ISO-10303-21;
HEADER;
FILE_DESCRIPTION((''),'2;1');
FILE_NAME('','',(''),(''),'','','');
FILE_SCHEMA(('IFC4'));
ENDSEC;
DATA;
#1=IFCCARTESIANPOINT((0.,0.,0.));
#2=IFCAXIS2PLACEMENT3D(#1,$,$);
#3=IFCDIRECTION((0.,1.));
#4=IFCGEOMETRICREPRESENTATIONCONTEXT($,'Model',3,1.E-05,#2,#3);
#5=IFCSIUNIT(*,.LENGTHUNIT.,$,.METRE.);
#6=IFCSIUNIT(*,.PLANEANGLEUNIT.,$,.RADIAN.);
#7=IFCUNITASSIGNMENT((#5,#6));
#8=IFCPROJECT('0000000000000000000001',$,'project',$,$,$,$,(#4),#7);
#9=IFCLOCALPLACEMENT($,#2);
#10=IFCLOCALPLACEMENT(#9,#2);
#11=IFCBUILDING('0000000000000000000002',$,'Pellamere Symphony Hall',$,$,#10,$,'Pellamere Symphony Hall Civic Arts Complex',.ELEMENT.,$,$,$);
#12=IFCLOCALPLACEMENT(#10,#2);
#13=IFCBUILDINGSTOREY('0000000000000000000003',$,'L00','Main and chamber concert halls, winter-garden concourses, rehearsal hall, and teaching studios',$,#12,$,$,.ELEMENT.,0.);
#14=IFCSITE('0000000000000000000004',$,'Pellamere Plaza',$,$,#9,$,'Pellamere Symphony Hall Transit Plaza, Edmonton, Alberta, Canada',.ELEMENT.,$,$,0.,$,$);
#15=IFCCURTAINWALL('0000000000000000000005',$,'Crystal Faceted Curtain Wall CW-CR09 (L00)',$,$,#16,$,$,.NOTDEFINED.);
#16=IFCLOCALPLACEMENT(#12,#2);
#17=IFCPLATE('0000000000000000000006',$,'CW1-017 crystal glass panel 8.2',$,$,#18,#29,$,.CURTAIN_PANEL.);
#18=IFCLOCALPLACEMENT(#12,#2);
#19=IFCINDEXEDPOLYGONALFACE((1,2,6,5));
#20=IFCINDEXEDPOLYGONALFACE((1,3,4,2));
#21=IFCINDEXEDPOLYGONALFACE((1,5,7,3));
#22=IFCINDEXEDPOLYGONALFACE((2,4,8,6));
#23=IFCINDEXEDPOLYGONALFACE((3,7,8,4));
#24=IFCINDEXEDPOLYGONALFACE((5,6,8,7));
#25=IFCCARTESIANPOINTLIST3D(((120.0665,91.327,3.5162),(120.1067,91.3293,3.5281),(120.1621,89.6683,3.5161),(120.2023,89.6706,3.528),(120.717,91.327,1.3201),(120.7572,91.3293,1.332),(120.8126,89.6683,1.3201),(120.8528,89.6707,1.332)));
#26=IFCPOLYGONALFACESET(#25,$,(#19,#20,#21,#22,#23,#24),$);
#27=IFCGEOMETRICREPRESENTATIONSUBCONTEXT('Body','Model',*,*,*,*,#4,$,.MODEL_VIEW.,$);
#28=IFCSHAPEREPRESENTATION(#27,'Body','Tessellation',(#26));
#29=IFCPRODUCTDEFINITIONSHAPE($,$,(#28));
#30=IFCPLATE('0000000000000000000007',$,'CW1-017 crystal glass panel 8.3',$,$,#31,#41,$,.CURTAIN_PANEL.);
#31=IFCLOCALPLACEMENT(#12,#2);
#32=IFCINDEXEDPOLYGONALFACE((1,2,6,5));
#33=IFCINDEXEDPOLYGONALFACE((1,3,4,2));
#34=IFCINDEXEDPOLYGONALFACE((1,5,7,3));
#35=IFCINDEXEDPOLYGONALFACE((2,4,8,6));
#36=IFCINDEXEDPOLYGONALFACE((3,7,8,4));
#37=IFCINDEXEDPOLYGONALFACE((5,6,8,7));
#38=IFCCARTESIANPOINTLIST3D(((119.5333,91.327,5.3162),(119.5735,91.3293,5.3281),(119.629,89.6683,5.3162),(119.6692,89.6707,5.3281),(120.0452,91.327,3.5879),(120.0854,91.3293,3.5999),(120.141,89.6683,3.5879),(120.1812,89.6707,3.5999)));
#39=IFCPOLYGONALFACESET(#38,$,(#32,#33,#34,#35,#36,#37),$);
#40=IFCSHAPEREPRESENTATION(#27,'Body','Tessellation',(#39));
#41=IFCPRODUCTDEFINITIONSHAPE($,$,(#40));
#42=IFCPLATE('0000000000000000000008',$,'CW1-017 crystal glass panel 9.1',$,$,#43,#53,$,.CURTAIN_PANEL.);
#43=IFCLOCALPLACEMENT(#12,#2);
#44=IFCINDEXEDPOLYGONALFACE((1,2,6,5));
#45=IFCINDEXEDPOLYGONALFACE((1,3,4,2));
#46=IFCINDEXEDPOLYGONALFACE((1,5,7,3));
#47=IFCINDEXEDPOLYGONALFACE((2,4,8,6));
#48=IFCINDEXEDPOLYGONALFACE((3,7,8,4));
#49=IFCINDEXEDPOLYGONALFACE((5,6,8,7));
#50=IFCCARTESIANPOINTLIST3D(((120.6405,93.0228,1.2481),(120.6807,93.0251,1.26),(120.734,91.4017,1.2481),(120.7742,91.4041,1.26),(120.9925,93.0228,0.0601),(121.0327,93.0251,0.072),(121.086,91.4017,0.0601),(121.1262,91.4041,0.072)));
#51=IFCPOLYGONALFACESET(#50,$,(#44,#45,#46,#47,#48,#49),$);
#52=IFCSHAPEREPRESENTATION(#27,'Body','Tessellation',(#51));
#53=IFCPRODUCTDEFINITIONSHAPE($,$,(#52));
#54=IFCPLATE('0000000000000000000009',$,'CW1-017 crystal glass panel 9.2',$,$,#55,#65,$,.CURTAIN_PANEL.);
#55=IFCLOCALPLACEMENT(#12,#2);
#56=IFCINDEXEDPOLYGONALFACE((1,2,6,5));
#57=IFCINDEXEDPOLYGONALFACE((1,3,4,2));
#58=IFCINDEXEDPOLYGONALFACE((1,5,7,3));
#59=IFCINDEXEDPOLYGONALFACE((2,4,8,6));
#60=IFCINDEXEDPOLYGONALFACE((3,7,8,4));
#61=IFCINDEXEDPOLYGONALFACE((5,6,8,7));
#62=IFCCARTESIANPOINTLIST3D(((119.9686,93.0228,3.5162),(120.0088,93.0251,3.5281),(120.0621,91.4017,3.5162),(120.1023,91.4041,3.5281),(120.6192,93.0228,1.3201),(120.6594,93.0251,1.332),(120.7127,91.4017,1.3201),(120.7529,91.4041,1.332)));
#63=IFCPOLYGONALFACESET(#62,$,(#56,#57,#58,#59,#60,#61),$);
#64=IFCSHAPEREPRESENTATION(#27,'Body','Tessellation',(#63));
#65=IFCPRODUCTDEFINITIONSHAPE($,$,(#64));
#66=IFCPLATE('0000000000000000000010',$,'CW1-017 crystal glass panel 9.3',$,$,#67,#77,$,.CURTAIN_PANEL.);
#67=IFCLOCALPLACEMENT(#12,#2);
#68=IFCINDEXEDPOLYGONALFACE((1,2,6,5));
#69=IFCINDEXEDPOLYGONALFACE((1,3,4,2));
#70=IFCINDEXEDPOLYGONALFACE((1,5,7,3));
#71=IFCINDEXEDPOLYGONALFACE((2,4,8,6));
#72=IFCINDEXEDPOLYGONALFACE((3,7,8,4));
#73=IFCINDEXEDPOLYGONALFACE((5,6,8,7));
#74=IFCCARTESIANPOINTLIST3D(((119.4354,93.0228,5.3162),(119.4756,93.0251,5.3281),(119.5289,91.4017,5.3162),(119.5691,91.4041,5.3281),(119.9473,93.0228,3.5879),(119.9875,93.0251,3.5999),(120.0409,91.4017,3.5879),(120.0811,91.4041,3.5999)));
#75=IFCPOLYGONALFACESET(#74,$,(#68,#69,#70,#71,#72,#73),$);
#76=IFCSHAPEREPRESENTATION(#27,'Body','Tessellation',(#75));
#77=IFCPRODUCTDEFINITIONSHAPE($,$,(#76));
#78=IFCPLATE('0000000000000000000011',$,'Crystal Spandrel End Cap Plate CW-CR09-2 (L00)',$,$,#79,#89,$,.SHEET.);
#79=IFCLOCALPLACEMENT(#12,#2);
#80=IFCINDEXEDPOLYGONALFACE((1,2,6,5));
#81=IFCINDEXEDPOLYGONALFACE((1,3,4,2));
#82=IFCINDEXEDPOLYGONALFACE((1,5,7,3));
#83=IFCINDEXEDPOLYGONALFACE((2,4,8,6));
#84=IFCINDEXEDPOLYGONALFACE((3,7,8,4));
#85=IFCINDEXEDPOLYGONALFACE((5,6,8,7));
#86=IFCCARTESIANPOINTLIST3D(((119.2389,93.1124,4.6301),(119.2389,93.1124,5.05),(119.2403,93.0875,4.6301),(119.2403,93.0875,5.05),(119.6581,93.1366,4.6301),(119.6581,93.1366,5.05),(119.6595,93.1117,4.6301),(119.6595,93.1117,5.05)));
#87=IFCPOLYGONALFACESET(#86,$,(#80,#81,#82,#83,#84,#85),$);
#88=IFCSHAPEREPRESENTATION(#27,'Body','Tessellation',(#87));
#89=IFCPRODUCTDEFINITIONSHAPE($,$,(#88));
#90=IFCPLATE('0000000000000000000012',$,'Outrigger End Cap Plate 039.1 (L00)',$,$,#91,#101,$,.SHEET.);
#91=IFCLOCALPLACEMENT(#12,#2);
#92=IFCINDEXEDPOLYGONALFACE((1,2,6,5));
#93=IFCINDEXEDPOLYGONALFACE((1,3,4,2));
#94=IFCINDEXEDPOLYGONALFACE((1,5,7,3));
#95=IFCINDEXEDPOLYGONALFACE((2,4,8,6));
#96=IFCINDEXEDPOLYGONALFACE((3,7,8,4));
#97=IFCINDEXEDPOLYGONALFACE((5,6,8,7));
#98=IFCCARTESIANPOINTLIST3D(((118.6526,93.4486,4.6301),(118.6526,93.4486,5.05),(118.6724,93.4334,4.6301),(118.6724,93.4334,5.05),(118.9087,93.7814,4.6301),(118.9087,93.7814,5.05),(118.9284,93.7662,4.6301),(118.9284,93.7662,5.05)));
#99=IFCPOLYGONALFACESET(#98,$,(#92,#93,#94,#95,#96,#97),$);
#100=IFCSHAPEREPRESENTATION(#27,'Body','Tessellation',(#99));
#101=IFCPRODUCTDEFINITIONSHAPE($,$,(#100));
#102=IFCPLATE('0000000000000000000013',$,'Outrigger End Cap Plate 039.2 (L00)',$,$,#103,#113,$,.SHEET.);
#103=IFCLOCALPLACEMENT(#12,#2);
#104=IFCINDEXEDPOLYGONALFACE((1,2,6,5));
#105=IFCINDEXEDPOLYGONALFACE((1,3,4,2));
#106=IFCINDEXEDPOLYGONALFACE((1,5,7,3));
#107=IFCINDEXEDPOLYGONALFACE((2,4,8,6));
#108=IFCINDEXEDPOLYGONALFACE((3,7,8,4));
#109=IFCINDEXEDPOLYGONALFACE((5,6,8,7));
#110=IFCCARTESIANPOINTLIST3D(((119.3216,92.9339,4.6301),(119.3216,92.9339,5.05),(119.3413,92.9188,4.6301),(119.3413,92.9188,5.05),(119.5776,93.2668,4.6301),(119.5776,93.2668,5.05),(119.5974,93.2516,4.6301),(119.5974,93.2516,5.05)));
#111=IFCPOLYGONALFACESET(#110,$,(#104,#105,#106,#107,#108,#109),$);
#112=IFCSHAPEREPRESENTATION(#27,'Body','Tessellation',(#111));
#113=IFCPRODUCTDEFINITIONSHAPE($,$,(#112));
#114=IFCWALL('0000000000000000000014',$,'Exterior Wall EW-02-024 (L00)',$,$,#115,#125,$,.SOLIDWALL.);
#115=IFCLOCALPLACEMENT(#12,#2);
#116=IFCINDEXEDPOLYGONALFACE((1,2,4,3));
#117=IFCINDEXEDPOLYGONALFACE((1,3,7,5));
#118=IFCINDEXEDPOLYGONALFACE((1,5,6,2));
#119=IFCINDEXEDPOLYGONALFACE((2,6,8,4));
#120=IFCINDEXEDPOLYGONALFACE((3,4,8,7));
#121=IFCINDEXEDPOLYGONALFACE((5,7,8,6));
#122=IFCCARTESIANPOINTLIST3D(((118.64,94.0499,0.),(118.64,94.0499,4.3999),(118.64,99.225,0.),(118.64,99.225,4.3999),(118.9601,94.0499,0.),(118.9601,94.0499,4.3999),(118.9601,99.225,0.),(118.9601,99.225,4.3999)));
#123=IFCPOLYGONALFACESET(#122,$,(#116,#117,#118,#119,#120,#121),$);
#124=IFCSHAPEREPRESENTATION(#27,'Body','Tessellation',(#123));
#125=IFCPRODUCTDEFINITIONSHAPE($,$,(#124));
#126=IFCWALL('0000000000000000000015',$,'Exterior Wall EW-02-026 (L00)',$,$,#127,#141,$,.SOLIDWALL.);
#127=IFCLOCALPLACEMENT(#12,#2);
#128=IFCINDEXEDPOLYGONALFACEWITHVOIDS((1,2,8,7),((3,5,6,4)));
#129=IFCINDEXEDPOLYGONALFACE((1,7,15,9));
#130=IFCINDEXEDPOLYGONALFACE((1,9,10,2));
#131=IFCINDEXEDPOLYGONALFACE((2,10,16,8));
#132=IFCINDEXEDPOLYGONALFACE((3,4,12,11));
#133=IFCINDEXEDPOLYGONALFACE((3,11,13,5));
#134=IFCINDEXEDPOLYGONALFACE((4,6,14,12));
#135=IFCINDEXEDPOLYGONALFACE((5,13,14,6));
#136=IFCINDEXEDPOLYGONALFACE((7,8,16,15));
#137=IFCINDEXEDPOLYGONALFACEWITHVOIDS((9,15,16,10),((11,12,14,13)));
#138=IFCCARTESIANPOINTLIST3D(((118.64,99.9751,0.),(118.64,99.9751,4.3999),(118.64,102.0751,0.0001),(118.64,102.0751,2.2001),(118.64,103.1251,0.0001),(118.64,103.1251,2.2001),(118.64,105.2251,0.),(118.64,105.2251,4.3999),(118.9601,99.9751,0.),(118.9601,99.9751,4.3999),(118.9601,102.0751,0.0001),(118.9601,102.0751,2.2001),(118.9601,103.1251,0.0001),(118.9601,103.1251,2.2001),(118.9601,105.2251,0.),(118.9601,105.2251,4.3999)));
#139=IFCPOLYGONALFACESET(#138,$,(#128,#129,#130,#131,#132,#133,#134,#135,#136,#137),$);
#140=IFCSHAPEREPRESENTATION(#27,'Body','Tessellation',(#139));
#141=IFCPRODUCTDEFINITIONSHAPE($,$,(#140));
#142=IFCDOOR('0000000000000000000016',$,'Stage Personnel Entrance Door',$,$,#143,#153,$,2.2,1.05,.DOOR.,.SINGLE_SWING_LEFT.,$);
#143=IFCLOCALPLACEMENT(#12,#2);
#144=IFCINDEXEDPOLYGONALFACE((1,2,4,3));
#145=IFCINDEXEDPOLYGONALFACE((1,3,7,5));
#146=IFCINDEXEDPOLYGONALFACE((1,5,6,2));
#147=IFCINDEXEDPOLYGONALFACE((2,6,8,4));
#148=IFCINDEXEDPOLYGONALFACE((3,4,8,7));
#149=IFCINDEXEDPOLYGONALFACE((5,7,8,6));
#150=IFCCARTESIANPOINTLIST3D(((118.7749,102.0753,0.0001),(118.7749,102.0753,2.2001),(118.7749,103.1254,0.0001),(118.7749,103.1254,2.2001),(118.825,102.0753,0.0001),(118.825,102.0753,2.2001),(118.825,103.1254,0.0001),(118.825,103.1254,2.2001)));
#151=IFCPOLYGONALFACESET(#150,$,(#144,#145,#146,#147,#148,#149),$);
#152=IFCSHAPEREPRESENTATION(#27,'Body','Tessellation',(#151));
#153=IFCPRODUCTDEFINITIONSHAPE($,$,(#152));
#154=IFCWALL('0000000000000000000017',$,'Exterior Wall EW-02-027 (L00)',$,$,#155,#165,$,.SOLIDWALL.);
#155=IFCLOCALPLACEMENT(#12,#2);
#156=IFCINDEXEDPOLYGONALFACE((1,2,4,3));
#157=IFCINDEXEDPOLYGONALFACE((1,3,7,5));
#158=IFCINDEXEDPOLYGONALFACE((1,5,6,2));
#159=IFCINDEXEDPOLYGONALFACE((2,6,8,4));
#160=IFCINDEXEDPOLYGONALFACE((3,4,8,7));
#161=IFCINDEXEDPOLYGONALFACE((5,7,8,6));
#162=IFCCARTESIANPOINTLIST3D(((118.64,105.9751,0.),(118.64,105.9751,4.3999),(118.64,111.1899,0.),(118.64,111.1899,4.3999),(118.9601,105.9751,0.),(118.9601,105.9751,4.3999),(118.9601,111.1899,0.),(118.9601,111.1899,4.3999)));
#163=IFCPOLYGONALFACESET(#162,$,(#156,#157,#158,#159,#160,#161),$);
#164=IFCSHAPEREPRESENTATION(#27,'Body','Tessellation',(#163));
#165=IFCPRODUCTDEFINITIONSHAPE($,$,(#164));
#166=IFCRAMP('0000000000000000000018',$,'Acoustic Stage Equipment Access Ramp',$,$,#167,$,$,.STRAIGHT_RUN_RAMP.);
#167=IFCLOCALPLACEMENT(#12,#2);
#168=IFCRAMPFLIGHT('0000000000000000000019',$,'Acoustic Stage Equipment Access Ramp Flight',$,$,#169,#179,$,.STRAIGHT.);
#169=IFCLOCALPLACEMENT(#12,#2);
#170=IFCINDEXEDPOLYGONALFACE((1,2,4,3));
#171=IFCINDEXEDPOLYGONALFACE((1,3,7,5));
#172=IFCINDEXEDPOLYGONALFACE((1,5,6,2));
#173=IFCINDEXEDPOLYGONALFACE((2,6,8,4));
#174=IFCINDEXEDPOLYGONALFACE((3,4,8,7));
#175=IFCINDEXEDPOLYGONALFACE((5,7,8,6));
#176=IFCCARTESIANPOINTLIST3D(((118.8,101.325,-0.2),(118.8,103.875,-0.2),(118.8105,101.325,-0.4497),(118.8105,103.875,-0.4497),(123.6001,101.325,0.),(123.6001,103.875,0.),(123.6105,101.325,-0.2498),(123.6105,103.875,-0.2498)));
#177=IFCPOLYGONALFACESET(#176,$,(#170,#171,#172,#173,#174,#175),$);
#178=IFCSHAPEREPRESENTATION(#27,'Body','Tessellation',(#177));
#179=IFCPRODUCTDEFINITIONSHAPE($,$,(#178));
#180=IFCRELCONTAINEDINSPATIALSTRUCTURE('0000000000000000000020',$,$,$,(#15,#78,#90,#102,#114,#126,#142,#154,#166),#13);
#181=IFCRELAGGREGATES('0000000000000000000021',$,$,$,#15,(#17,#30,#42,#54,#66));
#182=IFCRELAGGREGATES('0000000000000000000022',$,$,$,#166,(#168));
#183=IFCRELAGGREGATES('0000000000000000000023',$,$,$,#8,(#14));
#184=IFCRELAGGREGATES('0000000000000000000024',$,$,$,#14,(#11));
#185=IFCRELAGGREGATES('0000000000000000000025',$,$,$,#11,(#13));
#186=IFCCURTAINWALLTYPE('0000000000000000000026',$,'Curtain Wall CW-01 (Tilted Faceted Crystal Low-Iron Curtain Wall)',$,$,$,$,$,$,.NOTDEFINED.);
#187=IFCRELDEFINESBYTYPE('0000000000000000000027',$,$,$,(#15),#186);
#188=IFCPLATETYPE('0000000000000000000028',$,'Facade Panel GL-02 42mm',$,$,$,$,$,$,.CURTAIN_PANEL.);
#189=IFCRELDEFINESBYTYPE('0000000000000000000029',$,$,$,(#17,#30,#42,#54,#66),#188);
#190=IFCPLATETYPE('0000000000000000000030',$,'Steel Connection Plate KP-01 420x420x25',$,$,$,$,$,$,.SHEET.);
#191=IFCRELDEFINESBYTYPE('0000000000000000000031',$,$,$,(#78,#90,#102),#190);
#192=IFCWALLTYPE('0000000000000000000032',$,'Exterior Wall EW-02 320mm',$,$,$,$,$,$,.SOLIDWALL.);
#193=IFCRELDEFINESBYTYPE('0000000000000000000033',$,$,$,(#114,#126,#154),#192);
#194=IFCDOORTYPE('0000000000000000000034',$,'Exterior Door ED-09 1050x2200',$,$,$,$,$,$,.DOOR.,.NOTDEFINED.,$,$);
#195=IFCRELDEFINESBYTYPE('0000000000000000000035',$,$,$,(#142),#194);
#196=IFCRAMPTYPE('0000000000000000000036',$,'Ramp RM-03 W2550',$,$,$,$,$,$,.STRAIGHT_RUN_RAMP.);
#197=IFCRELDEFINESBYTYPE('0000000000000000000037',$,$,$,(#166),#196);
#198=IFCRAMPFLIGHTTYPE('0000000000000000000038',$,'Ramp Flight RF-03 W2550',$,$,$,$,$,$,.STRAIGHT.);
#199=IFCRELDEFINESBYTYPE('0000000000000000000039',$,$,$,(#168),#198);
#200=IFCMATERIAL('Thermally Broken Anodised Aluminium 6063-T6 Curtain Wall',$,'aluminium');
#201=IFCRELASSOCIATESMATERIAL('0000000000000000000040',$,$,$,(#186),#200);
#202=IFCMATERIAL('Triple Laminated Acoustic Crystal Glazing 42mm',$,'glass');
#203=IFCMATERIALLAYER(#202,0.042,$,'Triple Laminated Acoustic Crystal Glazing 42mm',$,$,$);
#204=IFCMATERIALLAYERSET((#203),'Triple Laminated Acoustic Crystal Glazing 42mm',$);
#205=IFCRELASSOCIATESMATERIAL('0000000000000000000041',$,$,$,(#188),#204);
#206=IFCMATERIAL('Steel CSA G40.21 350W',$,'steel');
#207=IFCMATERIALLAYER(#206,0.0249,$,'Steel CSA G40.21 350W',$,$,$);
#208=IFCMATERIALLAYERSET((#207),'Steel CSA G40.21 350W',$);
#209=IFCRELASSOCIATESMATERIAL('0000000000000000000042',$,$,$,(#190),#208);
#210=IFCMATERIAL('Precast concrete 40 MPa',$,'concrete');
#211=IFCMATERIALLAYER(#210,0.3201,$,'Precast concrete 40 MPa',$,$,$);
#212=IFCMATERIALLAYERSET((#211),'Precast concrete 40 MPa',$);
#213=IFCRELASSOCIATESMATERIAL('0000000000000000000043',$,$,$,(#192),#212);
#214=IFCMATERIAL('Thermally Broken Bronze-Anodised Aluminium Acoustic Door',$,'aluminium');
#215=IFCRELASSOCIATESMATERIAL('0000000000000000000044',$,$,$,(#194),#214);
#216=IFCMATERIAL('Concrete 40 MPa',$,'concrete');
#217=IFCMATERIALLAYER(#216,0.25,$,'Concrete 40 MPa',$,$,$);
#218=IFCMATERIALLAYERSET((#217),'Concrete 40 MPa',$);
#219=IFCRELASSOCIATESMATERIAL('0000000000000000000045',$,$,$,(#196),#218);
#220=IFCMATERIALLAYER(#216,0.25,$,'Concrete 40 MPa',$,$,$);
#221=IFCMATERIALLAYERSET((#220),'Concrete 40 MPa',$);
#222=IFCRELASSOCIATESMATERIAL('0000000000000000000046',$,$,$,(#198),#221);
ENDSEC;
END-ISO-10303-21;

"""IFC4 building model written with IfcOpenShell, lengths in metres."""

from ifc_helpers import new_model, si_unit, direction, frame, frame_2d, origin, origin_2d, place, context, subcontext, project, spatial, polyline, rectangle, outline, extrude, material, layer, layer_set, type_object, element, fill, aggregate, save


model = new_model("IFC4")

# Units and contexts
model_context = context("Model", 3, precision=1e-05, world=origin(), true_north=direction((0.0, 1.0)))
body_context = subcontext(model_context, "Body", "Model", "MODEL_VIEW")
ifc_project = project(units=[si_unit("LENGTHUNIT", "METRE"), si_unit("PLANEANGLEUNIT", "RADIAN")], contexts=[model_context])

# Site, building, storey
site_placement = place(None, origin())
site = spatial("IfcSite", under=ifc_project, at=site_placement, Name="Pellamere Plaza", LongName="Pellamere Symphony Hall Transit Plaza, Edmonton, Alberta, Canada", CompositionType="ELEMENT", RefElevation=0.0)
building_placement = place(site_placement, origin())
building = spatial("IfcBuilding", under=site, at=building_placement, Name="Pellamere Symphony Hall", LongName="Pellamere Symphony Hall Civic Arts Complex", CompositionType="ELEMENT")
storey_placement = place(building_placement, origin())
storey = spatial("IfcBuildingStorey", under=building, at=storey_placement, Name="L00", Description="Main and chamber concert halls, winter-garden concourses, rehearsal hall, and teaching studios", CompositionType="ELEMENT", Elevation=0.0)

# Shared definitions
ifc_material_1 = material(Name="Concrete 40 MPa", Category="concrete")

# Curtain wall
ifc_material_2 = material(Name="Thermally Broken Anodised Aluminium 6063-T6 Curtain Wall", Category="aluminium")
curtain_wall_type = type_object("IfcCurtainWallType", Name="Curtain Wall CW-01 (Tilted Faceted Crystal Low-Iron Curtain Wall)", PredefinedType="NOTDEFINED", material=ifc_material_2)
curtain_wall_placement = place(storey_placement, origin())
curtain_wall = element("IfcCurtainWall", 1, at=curtain_wall_placement, inside=storey, type_object=curtain_wall_type, Name="Crystal Faceted Curtain Wall CW-CR09 (L00)", PredefinedType="NOTDEFINED")

# Shared definitions
ifc_material_3 = material(Name="Steel CSA G40.21 350W", Category="steel")

# Plates
ifc_material_4 = material(Name="Triple Laminated Acoustic Crystal Glazing 42mm", Category="glass")
ifc_layer_1 = layer(ifc_material_4, 0.042, Name="Triple Laminated Acoustic Crystal Glazing 42mm")
ifc_layer_set_1 = layer_set([ifc_layer_1], Name="Triple Laminated Acoustic Crystal Glazing 42mm")
plate_type_1 = type_object("IfcPlateType", Name="Facade Panel GL-02 42mm", PredefinedType="CURTAIN_PANEL", material=ifc_layer_set_1)
plate_1_placement = place(storey_placement, frame((120.8528, 89.6707, 1.332), z_axis=(0.957358, 0.055167, 0.283589), x_axis=(-0.057523, 0.998344, -0.00002)))
plate_1 = element("IfcPlate", 2, at=plate_1_placement, type_object=plate_type_1, Name="CW1-017 crystal glass panel 8.2", PredefinedType="CURTAIN_PANEL", context=body_context, shape_type="SweptSolid", body=[
    extrude(outline(polyline([(0.0, 0.0), (1.6614, 0.0), (1.6988, 2.2901), (0.0374, 2.29), (0.0, 0.0)])), origin(), (0.0, 0.0, -1.0), 0.042),
])
plate_2_placement = place(storey_placement, frame((120.1812, 89.6707, 3.5999), z_axis=(0.957352, 0.055237, 0.283595), x_axis=(-0.057602, 0.99834, 0.0)))
plate_2 = element("IfcPlate", 3, at=plate_2_placement, type_object=plate_type_1, Name="CW1-017 crystal glass panel 8.3", PredefinedType="CURTAIN_PANEL", context=body_context, shape_type="SweptSolid", body=[
    extrude(outline(polyline([(0.0, 0.0), (1.6615, 0.0), (1.6909, 1.8023), (0.0295, 1.8023), (0.0, 0.0)])), origin(), (0.0, 0.0, -1.0), 0.042),
])
plate_3_placement = place(storey_placement, frame((121.1262, 91.4041, 0.072), z_axis=(0.957323, 0.055219, 0.283695), x_axis=(-0.057585, 0.998341, 0.0)))
plate_3 = element("IfcPlate", 4, at=plate_3_placement, type_object=plate_type_1, Name="CW1-017 crystal glass panel 9.1", PredefinedType="CURTAIN_PANEL", context=body_context, shape_type="SweptSolid", body=[
    extrude(outline(polyline([(0.0, 0.0), (1.6238, 0.0), (1.6441, 1.2389), (0.0203, 1.2389), (0.0, 0.0)])), origin(), (0.0, 0.0, -1.0), 0.042),
])
plate_4_placement = place(storey_placement, frame((120.7529, 91.4041, 1.332), z_axis=(0.957341, 0.05522, 0.283637), x_axis=(-0.057585, 0.998341, 0.0)))
plate_4 = element("IfcPlate", 5, at=plate_4_placement, type_object=plate_type_1, Name="CW1-017 crystal glass panel 9.2", PredefinedType="CURTAIN_PANEL", context=body_context, shape_type="SweptSolid", body=[
    extrude(outline(polyline([(0.0, 0.0), (1.6238, 0.0), (1.6613, 2.2901), (0.0375, 2.2901), (0.0, 0.0)])), origin(), (0.0, 0.0, -1.0), 0.042),
])
plate_5_placement = place(storey_placement, frame((120.0811, 91.4041, 3.5999), z_axis=(0.957353, 0.055221, 0.283595), x_axis=(-0.057585, 0.998341, 0.0)))
plate_5 = element("IfcPlate", 6, at=plate_5_placement, type_object=plate_type_1, Name="CW1-017 crystal glass panel 9.3", PredefinedType="CURTAIN_PANEL", context=body_context, shape_type="SweptSolid", body=[
    extrude(outline(polyline([(0.0, 0.0), (1.6238, 0.0), (1.6533, 1.8023), (0.0295, 1.8023), (0.0, 0.0)])), origin(), (0.0, 0.0, -1.0), 0.042),
])
aggregate(curtain_wall, [plate_1, plate_2, plate_3, plate_4, plate_5])

# Plates
ifc_layer_2 = layer(ifc_material_3, 0.0249, Name="Steel CSA G40.21 350W")
ifc_layer_set_2 = layer_set([ifc_layer_2], Name="Steel CSA G40.21 350W")
plate_type_2 = type_object("IfcPlateType", Name="Steel Connection Plate KP-01 420x420x25", PredefinedType="SHEET", material=ifc_layer_set_2)
for number, where, z_axis, x_axis, name in (
    (7, (119.4492, 93.1121, 4.6301), (0.0, 0.0, 1.0), (-0.057564, 0.998342, 0.0), "Crystal Spandrel End Cap Plate CW-CR09-2 (L00)"),
    (8, (118.7905, 93.6074, 4.6301), (0.0, 0.0, 1.0), (0.792609, -0.60973, 0.0), "Outrigger End Cap Plate 039.1 (L00)"),
    (9, (119.4595, 93.0928, 4.6301), (0.0, 0.0, 1.0), (0.792609, -0.60973, 0.0), "Outrigger End Cap Plate 039.2 (L00)"),
):
    element("IfcPlate", number, at=place(storey_placement, frame(where, z_axis=z_axis, x_axis=x_axis)), inside=storey, type_object=plate_type_2, Name=name, PredefinedType="SHEET", context=body_context, shape_type="SweptSolid", body=[
        extrude(rectangle(XDim=0.0249, YDim=0.4199, at=origin_2d()), origin(), (0.0, 0.0, 1.0), 0.4199),
    ])

# Wall
ifc_material_5 = material(Name="Precast concrete 40 MPa", Category="concrete")
ifc_layer_3 = layer(ifc_material_5, 0.3201, Name="Precast concrete 40 MPa")
ifc_layer_set_3 = layer_set([ifc_layer_3], Name="Precast concrete 40 MPa")
wall_type = type_object("IfcWallType", Name="Exterior Wall EW-02 320mm", PredefinedType="SOLIDWALL", material=ifc_layer_set_3)
wall_1_placement = place(storey_placement, frame((118.8, 94.05, 0.0), z_axis=(0.0, 0.0, 1.0), x_axis=(0.0, 1.0, 0.0)))
element("IfcWall", 10, at=wall_1_placement, inside=storey, type_object=wall_type, Name="Exterior Wall EW-02-024 (L00)", PredefinedType="SOLIDWALL", context=body_context, shape_type="SweptSolid", body=[
    extrude(rectangle(XDim=5.175, YDim=0.3201, at=frame_2d((2.5874, 0.0))), origin(), (0.0, 0.0, 1.0), 4.3999),
])

# Wall, opening, door
wall_2_placement = place(storey_placement, frame((118.8, 99.9751, 0.0), z_axis=(0.0, 0.0, 1.0), x_axis=(0.0, 1.0, 0.0)))
wall_2 = element("IfcWall", 11, at=wall_2_placement, inside=storey, type_object=wall_type, Name="Exterior Wall EW-02-026 (L00)", PredefinedType="SOLIDWALL", context=body_context, shape_type="SweptSolid", body=[
    extrude(rectangle(XDim=5.25, YDim=0.3201, at=frame_2d((2.625, 0.0))), origin(), (0.0, 0.0, 1.0), 4.3999),
])
opening_placement = place(wall_2_placement, frame((2.1001, 0.0, 0.0)))
opening = element("IfcOpeningElement", 12, at=opening_placement, cuts=wall_2, PredefinedType="OPENING", context=body_context, shape_type="SweptSolid", body=[
    extrude(rectangle(XDim=1.05, YDim=2.2, at=frame_2d((0.5249, 1.1001))), frame((0.0, 0.1699, 0.0), z_axis=(0.0, -1.0, 0.0), x_axis=(1.0, 0.0, 0.0)), (0.0, 0.0, 1.0), 0.3401),
])
ifc_material_6 = material(Name="Thermally Broken Bronze-Anodised Aluminium Acoustic Door", Category="aluminium")
door_type = type_object("IfcDoorType", Name="Exterior Door ED-09 1050x2200", OperationType="NOTDEFINED", PredefinedType="DOOR", material=ifc_material_6)
door_placement = place(opening_placement, frame((1.05, 0.0, 0.0), z_axis=(0.0, 0.0, 1.0), x_axis=(-1.0, 0.0, 0.0)))
door = element("IfcDoor", 13, at=door_placement, inside=storey, type_object=door_type, Name="Stage Personnel Entrance Door", OperationType="SINGLE_SWING_LEFT", OverallHeight=2.2, OverallWidth=1.05, PredefinedType="DOOR", context=body_context, shape_type="SweptSolid", body=[
    extrude(rectangle(XDim=1.05, YDim=2.2, at=frame_2d((0.5249, 1.1001))), frame((0.0, 0.0249, 0.0), z_axis=(0.0, -1.0, 0.0), x_axis=(1.0, 0.0, 0.0)), (0.0, 0.0, 1.0), 0.05),
])
fill(opening, door)

# Wall
wall_3_placement = place(storey_placement, frame((118.8, 105.9751, 0.0), z_axis=(0.0, 0.0, 1.0), x_axis=(0.0, 1.0, 0.0)))
element("IfcWall", 14, at=wall_3_placement, inside=storey, type_object=wall_type, Name="Exterior Wall EW-02-027 (L00)", PredefinedType="SOLIDWALL", context=body_context, shape_type="SweptSolid", body=[
    extrude(rectangle(XDim=5.2148, YDim=0.3201, at=frame_2d((2.6074, 0.0))), origin(), (0.0, 0.0, 1.0), 4.3999),
])

# Ramp, ramp flight
ifc_layer_4 = layer(ifc_material_1, 0.25, Name="Concrete 40 MPa")
ifc_layer_set_4 = layer_set([ifc_layer_4], Name="Concrete 40 MPa")
ramp_type = type_object("IfcRampType", Name="Ramp RM-03 W2550", PredefinedType="STRAIGHT_RUN_RAMP", material=ifc_layer_set_4)
ramp_placement = place(storey_placement, origin())
ramp = element("IfcRamp", 15, at=ramp_placement, inside=storey, type_object=ramp_type, Name="Acoustic Stage Equipment Access Ramp", PredefinedType="STRAIGHT_RUN_RAMP")
ifc_layer_5 = layer(ifc_material_1, 0.25, Name="Concrete 40 MPa")
ifc_layer_set_5 = layer_set([ifc_layer_5], Name="Concrete 40 MPa")
ramp_flight_type = type_object("IfcRampFlightType", Name="Ramp Flight RF-03 W2550", PredefinedType="STRAIGHT", material=ifc_layer_set_5)
ramp_flight_placement = place(storey_placement, frame((118.8, 101.325, -0.2), z_axis=(-0.04162, 0.0, 0.999134), x_axis=(0.999134, 0.0, 0.04162)))
ramp_flight = element("IfcRampFlight", 16, at=ramp_flight_placement, type_object=ramp_flight_type, Name="Acoustic Stage Equipment Access Ramp Flight", PredefinedType="STRAIGHT", context=body_context, shape_type="SweptSolid", body=[
    extrude(outline(polyline([(0.0, 0.0), (4.8042, 0.0), (4.8042, 2.55), (0.0, 2.55), (0.0, 0.0)])), origin(), (0.0, 0.0, -1.0), 0.25),
])
aggregate(ramp, [ramp_flight])

save(model, "model.ifc")
